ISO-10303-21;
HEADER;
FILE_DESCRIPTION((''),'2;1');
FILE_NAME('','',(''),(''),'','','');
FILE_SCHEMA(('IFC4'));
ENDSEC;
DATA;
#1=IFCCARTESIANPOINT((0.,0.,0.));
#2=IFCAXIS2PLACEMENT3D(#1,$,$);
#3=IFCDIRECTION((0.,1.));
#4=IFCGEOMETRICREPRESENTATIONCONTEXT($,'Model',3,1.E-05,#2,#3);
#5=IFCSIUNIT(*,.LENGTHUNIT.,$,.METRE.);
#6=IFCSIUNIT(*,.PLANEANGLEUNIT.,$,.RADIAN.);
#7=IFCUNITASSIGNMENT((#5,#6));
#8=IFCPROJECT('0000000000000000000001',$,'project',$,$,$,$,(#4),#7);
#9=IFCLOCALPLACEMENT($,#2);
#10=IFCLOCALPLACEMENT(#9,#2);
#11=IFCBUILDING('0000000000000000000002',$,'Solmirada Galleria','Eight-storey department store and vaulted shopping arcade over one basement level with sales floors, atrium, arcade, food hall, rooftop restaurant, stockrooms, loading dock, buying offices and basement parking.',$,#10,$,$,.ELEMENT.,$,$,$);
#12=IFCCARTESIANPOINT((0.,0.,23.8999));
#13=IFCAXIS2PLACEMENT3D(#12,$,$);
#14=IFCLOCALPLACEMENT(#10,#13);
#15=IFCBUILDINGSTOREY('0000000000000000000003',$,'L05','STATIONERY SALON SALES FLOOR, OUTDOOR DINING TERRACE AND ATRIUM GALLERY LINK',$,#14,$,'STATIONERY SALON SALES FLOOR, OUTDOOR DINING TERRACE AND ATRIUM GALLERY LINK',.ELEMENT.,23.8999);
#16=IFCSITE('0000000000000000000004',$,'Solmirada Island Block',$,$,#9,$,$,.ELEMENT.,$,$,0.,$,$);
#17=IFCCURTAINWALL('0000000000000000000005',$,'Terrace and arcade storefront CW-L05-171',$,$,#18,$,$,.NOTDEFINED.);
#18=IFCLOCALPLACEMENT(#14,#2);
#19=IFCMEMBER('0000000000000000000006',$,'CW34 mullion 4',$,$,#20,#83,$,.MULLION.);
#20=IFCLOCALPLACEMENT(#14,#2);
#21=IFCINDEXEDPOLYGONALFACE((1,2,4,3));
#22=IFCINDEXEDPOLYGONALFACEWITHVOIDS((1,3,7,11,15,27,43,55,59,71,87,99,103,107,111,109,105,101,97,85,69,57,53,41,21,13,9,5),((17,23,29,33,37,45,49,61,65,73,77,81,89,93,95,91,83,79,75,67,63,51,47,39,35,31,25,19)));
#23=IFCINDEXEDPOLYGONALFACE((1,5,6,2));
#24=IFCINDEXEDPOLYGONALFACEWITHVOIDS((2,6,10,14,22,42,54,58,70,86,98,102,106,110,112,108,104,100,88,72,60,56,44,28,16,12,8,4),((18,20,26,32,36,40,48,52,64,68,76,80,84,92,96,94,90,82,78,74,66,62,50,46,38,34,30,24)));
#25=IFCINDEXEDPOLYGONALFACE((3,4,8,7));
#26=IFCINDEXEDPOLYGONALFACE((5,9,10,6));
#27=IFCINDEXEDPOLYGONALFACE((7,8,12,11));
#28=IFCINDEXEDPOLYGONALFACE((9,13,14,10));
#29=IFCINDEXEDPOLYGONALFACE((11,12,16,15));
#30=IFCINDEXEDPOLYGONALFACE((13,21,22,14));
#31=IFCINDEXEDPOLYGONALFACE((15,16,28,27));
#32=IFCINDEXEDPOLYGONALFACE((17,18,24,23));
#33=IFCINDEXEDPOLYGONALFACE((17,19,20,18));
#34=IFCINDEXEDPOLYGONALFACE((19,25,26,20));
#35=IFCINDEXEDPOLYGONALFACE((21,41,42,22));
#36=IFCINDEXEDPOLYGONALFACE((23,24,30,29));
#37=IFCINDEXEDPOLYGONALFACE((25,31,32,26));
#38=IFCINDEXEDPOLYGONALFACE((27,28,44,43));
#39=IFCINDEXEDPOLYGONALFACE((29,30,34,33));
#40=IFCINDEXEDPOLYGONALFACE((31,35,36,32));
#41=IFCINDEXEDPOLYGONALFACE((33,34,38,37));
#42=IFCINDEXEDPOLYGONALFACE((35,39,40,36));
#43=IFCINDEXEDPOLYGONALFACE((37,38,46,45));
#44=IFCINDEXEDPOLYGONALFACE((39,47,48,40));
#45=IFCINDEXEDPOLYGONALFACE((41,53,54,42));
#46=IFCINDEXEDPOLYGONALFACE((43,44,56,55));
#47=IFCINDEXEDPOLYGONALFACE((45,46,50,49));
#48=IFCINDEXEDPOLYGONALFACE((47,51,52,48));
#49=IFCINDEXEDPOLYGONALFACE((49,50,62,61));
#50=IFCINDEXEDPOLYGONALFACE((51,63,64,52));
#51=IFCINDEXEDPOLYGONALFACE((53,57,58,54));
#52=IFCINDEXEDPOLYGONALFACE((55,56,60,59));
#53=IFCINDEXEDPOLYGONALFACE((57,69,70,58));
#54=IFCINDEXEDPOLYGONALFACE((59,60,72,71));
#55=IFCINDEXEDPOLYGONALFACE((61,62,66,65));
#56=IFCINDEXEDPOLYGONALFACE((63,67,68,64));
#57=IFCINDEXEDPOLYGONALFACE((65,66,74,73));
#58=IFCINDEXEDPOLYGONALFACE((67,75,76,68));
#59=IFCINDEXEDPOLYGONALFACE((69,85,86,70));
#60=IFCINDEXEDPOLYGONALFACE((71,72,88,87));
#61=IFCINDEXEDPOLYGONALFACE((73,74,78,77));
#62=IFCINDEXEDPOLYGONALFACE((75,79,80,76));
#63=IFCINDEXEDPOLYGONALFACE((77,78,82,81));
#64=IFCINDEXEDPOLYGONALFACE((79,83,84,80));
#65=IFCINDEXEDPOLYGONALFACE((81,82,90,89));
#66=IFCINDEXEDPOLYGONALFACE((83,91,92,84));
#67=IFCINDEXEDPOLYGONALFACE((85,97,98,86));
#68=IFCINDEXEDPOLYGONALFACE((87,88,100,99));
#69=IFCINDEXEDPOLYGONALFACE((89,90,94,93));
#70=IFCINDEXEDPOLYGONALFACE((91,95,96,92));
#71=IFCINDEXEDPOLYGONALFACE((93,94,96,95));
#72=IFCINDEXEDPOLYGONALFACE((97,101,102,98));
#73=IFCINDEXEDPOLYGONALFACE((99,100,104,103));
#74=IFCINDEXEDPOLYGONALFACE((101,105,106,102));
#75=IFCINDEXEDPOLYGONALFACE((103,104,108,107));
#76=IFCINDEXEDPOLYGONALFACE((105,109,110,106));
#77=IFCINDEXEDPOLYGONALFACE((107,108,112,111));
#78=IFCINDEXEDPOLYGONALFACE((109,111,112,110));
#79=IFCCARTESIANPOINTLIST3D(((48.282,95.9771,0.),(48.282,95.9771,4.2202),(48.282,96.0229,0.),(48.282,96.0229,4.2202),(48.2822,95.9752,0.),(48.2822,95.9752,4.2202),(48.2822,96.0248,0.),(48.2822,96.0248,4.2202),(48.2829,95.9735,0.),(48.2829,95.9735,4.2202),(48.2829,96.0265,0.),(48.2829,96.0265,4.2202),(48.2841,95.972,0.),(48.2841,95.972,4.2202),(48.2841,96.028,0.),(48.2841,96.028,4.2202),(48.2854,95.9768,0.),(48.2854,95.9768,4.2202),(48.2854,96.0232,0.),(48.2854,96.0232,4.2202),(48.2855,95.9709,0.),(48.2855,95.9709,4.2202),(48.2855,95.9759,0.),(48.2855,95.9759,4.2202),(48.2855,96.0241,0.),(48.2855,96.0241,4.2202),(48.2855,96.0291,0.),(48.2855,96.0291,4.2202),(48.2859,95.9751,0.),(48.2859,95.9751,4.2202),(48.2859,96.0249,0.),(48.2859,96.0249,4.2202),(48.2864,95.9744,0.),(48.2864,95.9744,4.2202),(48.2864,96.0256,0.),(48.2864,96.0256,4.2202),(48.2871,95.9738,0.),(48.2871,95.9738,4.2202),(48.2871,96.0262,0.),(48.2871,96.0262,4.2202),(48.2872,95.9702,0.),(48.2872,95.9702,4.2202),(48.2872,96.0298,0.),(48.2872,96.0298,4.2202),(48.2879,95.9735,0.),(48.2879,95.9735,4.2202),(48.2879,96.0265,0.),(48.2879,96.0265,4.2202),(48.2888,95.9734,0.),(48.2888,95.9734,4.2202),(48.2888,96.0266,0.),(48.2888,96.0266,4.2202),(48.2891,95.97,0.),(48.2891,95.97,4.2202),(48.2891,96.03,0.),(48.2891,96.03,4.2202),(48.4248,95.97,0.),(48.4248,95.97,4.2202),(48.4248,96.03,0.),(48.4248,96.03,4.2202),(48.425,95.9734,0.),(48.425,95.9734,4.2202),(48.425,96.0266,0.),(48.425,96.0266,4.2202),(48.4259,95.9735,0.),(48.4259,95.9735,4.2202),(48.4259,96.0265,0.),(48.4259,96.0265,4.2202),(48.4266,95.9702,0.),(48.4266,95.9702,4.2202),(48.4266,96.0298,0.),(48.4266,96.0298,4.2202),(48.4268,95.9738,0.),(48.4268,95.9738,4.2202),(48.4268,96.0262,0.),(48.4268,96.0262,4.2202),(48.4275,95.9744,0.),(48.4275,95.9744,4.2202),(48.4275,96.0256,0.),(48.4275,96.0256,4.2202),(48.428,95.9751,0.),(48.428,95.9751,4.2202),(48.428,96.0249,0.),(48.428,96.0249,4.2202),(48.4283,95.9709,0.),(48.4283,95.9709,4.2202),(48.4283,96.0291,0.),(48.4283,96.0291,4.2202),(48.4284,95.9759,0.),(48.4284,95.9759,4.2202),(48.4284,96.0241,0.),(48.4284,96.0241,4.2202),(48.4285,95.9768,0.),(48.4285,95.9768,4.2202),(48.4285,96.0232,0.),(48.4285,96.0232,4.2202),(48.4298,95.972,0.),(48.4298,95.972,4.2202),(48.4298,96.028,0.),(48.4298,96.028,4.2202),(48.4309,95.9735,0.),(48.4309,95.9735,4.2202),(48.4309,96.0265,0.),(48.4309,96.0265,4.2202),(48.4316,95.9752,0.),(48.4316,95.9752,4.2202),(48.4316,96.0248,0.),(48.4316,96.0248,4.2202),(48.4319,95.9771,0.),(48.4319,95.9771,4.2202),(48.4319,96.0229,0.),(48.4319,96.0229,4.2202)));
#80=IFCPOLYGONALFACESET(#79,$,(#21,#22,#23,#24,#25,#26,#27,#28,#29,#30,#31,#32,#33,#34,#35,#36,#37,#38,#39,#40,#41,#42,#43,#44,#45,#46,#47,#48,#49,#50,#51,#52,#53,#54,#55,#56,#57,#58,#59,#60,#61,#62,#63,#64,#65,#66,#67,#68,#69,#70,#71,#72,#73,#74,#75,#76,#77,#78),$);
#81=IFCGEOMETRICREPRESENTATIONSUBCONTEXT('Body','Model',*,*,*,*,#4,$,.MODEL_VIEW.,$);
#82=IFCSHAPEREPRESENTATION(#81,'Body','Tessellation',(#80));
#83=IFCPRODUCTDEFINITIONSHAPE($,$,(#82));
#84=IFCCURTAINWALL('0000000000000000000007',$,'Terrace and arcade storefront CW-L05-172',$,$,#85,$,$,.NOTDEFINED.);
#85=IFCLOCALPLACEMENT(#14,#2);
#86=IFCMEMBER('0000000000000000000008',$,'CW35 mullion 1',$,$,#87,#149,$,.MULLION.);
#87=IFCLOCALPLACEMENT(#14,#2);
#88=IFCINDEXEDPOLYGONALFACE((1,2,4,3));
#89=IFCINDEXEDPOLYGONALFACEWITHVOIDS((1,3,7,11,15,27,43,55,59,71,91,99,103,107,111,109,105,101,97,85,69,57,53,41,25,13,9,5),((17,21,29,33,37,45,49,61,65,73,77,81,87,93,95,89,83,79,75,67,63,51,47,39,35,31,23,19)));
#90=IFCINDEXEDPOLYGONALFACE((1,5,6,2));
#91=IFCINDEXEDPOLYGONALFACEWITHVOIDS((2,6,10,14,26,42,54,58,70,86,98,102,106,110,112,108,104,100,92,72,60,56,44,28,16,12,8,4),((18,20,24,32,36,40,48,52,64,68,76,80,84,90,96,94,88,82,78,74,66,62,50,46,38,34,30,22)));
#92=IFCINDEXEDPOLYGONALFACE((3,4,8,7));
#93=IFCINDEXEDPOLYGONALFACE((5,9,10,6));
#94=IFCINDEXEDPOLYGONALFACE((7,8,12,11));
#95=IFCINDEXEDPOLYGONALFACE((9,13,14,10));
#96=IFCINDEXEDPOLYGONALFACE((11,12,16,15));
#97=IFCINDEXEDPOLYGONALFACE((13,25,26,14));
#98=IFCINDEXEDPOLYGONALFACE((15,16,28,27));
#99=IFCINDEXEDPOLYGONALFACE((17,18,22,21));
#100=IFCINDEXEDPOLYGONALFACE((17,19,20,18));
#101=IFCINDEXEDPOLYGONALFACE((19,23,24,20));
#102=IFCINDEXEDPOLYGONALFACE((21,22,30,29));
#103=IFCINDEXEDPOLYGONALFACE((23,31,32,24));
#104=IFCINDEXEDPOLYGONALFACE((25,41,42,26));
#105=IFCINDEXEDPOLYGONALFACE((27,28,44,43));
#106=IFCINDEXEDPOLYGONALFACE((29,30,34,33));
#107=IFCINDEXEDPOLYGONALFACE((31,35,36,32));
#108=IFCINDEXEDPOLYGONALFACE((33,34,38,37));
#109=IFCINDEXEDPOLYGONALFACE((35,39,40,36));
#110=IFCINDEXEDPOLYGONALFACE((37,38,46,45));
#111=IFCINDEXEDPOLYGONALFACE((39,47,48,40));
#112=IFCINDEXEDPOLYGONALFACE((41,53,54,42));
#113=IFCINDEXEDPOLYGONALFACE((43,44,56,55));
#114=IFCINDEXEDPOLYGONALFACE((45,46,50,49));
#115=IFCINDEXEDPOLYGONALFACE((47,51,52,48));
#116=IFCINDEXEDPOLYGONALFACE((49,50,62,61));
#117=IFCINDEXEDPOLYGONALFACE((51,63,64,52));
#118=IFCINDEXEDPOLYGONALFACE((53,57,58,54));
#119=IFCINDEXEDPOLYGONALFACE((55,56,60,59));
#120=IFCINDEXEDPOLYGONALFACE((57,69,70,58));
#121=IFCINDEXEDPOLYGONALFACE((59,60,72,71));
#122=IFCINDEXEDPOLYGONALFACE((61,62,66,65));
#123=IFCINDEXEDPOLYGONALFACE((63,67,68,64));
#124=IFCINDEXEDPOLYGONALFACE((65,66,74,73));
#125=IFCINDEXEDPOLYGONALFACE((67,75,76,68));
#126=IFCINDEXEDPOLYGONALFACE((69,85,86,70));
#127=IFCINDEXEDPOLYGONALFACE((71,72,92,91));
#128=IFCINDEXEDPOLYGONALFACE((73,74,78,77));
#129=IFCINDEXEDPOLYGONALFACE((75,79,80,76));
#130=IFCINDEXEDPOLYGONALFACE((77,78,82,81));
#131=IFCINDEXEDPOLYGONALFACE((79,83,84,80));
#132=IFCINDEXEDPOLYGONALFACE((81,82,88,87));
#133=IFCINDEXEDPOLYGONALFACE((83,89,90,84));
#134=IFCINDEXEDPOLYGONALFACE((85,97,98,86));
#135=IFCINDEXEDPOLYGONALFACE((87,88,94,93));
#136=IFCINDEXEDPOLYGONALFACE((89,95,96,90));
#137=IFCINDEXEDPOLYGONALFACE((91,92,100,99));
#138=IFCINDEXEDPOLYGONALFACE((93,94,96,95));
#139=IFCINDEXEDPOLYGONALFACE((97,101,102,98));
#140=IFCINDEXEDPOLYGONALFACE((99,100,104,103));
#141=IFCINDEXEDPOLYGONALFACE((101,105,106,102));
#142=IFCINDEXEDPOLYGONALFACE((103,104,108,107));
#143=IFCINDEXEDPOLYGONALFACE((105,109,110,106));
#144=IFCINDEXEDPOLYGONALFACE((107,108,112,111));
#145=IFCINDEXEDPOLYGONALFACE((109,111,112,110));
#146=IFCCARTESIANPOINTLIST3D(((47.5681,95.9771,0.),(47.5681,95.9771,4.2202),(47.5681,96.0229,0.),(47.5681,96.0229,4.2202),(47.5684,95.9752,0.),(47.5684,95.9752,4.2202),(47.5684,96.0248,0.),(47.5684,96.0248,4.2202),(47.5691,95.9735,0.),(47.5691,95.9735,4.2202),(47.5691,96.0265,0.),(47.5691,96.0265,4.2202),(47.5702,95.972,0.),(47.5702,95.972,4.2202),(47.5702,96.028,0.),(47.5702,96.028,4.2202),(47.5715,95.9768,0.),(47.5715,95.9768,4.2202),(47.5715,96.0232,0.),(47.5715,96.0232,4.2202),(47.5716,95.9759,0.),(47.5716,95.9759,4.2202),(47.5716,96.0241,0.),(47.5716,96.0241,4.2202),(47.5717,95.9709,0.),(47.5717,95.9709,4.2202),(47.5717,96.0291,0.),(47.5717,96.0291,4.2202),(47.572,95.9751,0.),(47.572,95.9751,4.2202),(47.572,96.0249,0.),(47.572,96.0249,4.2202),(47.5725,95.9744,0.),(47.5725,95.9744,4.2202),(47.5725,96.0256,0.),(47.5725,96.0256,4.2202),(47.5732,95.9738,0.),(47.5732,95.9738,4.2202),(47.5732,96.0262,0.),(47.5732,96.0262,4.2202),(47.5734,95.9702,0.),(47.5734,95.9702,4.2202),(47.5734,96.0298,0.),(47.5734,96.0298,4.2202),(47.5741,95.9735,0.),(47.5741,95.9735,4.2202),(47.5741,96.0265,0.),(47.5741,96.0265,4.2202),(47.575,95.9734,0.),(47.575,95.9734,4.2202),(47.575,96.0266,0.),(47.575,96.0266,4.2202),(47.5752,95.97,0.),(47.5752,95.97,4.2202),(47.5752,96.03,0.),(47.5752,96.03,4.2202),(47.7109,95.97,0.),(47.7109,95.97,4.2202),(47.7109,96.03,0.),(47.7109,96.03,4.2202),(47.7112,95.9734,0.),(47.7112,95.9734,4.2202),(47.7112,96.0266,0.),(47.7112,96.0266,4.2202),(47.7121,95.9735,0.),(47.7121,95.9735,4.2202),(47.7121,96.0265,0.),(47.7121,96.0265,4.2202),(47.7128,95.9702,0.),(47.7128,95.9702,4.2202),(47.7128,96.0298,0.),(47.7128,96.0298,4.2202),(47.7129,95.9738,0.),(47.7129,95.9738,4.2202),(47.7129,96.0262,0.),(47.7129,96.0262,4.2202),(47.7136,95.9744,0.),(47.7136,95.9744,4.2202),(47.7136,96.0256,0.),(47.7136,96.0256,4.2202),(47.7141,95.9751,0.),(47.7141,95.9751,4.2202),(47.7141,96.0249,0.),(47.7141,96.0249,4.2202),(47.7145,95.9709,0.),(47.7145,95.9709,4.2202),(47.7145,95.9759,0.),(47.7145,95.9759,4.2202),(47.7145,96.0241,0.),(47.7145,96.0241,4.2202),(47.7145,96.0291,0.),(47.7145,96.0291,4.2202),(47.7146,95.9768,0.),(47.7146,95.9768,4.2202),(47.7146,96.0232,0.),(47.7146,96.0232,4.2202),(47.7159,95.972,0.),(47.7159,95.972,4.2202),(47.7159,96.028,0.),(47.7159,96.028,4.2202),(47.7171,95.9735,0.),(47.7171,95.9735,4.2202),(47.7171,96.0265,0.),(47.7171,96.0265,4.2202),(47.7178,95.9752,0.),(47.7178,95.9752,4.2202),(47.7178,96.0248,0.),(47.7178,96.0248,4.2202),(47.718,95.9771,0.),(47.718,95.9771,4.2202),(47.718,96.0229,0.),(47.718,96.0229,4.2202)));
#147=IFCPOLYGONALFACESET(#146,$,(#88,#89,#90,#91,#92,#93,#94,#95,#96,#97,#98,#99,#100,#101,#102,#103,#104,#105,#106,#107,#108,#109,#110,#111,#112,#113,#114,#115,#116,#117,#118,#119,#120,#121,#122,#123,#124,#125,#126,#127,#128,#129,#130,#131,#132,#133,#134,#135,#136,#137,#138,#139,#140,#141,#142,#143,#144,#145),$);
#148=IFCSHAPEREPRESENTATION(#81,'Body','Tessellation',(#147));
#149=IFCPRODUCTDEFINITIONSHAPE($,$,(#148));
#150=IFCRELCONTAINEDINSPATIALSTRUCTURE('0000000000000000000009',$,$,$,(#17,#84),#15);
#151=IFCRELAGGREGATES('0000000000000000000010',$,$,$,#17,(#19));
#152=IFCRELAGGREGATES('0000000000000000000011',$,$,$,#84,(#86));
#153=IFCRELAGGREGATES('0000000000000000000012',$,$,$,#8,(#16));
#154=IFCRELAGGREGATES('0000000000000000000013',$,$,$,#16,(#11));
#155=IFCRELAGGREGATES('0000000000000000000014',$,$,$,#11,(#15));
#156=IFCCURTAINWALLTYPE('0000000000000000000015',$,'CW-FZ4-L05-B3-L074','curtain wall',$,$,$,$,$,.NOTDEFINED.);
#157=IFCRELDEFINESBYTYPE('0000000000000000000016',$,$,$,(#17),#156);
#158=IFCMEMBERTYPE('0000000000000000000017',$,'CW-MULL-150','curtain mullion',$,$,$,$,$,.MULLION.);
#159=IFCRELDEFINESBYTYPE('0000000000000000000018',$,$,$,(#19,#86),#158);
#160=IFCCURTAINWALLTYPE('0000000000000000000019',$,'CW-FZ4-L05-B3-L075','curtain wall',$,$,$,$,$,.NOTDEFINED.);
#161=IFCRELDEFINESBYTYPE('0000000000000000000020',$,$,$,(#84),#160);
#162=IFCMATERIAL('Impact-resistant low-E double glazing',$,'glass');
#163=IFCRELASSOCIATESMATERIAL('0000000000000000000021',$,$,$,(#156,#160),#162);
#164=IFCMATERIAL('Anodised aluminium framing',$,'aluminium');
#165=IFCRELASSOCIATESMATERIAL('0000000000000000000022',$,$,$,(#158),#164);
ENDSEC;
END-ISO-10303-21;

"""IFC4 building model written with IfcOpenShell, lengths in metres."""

from ifc_helpers import new_model, si_unit, direction, frame, origin, origin_2d, place, context, subcontext, project, spatial, hollow_rectangle, extrude, material, material_profile, profile_set, type_object, element, aggregate, save


model = new_model("IFC4")

# Units and contexts
model_context = context("Model", 3, precision=1e-05, world=origin(), true_north=direction((0.0, 1.0)))
body_context = subcontext(model_context, "Body", "Model", "MODEL_VIEW")
ifc_project = project(units=[si_unit("LENGTHUNIT", "METRE"), si_unit("PLANEANGLEUNIT", "RADIAN")], contexts=[model_context])

# Site, building, storey
site_placement = place(None, origin())
site = spatial("IfcSite", under=ifc_project, at=site_placement, Name="Solmirada Island Block", CompositionType="ELEMENT", RefElevation=0.0)
building_placement = place(site_placement, origin())
building = spatial("IfcBuilding", under=site, at=building_placement, Name="Solmirada Galleria", Description="Eight-storey department store and vaulted shopping arcade over one basement level with sales floors, atrium, arcade, food hall, rooftop restaurant, stockrooms, loading dock, buying offices and basement parking.", CompositionType="ELEMENT")
storey_placement = place(building_placement, frame((0.0, 0.0, 23.8999)))
storey = spatial("IfcBuildingStorey", under=building, at=storey_placement, Name="L05", Description="STATIONERY SALON SALES FLOOR, OUTDOOR DINING TERRACE AND ATRIUM GALLERY LINK", LongName="STATIONERY SALON SALES FLOOR, OUTDOOR DINING TERRACE AND ATRIUM GALLERY LINK", CompositionType="ELEMENT", Elevation=23.8999)

# Curtain wall, member
ifc_material_1 = material(Name="Impact-resistant low-E double glazing", Category="glass")
curtain_wall_type_1 = type_object("IfcCurtainWallType", Name="CW-FZ4-L05-B3-L074", Description="curtain wall", PredefinedType="NOTDEFINED", material=ifc_material_1)
curtain_wall_1_placement = place(storey_placement, origin())
curtain_wall_1 = element("IfcCurtainWall", 1, at=curtain_wall_1_placement, inside=storey, type_object=curtain_wall_type_1, Name="Terrace and arcade storefront CW-L05-171", PredefinedType="NOTDEFINED")
ifc_material_2 = material(Name="Anodised aluminium framing", Category="aluminium")
ifc_material_profile_1 = material_profile(ifc_material_2, hollow_rectangle(XDim=0.0601, YDim=0.1499, WallThickness=0.0034, InnerFilletRadius=0.0034, OuterFilletRadius=0.0071, at=origin_2d()), Name="ALU-MULL-150X60")
ifc_profile_set_1 = profile_set([ifc_material_profile_1], Name="Anodised aluminium framing")
member_type_1 = type_object("IfcMemberType", Name="CW-MULL-150", Description="curtain mullion", PredefinedType="MULLION", material=ifc_profile_set_1)
member_1_placement = place(storey_placement, frame((48.3569, 96.0, 0.0), z_axis=(0.0, 0.0, 1.0), x_axis=(0.0, -1.0, 0.0)))
member_1 = element("IfcMember", 2, at=member_1_placement, type_object=member_type_1, Name="CW34 mullion 4", PredefinedType="MULLION", context=body_context, shape_type="SweptSolid", body=[
    extrude(hollow_rectangle(XDim=0.0601, YDim=0.1499, WallThickness=0.0034, InnerFilletRadius=0.0034, OuterFilletRadius=0.0071, at=origin_2d()), origin(), (0.0, 0.0, 1.0), 4.2202),
])
aggregate(curtain_wall_1, [member_1])

# Curtain wall, member
curtain_wall_type_2 = type_object("IfcCurtainWallType", Name="CW-FZ4-L05-B3-L075", Description="curtain wall", PredefinedType="NOTDEFINED", material=ifc_material_1)
curtain_wall_2_placement = place(storey_placement, origin())
curtain_wall_2 = element("IfcCurtainWall", 3, at=curtain_wall_2_placement, inside=storey, type_object=curtain_wall_type_2, Name="Terrace and arcade storefront CW-L05-172", PredefinedType="NOTDEFINED")
member_2_placement = place(storey_placement, frame((47.6431, 96.0, 0.0), z_axis=(0.0, 0.0, 1.0), x_axis=(0.0, -1.0, 0.0)))
member_2 = element("IfcMember", 4, at=member_2_placement, type_object=member_type_1, Name="CW35 mullion 1", PredefinedType="MULLION", context=body_context, shape_type="SweptSolid", body=[
    extrude(hollow_rectangle(XDim=0.0601, YDim=0.1499, WallThickness=0.0034, InnerFilletRadius=0.0034, OuterFilletRadius=0.0071, at=origin_2d()), origin(), (0.0, 0.0, 1.0), 4.2202),
])
aggregate(curtain_wall_2, [member_2])

save(model, "model.ifc")
